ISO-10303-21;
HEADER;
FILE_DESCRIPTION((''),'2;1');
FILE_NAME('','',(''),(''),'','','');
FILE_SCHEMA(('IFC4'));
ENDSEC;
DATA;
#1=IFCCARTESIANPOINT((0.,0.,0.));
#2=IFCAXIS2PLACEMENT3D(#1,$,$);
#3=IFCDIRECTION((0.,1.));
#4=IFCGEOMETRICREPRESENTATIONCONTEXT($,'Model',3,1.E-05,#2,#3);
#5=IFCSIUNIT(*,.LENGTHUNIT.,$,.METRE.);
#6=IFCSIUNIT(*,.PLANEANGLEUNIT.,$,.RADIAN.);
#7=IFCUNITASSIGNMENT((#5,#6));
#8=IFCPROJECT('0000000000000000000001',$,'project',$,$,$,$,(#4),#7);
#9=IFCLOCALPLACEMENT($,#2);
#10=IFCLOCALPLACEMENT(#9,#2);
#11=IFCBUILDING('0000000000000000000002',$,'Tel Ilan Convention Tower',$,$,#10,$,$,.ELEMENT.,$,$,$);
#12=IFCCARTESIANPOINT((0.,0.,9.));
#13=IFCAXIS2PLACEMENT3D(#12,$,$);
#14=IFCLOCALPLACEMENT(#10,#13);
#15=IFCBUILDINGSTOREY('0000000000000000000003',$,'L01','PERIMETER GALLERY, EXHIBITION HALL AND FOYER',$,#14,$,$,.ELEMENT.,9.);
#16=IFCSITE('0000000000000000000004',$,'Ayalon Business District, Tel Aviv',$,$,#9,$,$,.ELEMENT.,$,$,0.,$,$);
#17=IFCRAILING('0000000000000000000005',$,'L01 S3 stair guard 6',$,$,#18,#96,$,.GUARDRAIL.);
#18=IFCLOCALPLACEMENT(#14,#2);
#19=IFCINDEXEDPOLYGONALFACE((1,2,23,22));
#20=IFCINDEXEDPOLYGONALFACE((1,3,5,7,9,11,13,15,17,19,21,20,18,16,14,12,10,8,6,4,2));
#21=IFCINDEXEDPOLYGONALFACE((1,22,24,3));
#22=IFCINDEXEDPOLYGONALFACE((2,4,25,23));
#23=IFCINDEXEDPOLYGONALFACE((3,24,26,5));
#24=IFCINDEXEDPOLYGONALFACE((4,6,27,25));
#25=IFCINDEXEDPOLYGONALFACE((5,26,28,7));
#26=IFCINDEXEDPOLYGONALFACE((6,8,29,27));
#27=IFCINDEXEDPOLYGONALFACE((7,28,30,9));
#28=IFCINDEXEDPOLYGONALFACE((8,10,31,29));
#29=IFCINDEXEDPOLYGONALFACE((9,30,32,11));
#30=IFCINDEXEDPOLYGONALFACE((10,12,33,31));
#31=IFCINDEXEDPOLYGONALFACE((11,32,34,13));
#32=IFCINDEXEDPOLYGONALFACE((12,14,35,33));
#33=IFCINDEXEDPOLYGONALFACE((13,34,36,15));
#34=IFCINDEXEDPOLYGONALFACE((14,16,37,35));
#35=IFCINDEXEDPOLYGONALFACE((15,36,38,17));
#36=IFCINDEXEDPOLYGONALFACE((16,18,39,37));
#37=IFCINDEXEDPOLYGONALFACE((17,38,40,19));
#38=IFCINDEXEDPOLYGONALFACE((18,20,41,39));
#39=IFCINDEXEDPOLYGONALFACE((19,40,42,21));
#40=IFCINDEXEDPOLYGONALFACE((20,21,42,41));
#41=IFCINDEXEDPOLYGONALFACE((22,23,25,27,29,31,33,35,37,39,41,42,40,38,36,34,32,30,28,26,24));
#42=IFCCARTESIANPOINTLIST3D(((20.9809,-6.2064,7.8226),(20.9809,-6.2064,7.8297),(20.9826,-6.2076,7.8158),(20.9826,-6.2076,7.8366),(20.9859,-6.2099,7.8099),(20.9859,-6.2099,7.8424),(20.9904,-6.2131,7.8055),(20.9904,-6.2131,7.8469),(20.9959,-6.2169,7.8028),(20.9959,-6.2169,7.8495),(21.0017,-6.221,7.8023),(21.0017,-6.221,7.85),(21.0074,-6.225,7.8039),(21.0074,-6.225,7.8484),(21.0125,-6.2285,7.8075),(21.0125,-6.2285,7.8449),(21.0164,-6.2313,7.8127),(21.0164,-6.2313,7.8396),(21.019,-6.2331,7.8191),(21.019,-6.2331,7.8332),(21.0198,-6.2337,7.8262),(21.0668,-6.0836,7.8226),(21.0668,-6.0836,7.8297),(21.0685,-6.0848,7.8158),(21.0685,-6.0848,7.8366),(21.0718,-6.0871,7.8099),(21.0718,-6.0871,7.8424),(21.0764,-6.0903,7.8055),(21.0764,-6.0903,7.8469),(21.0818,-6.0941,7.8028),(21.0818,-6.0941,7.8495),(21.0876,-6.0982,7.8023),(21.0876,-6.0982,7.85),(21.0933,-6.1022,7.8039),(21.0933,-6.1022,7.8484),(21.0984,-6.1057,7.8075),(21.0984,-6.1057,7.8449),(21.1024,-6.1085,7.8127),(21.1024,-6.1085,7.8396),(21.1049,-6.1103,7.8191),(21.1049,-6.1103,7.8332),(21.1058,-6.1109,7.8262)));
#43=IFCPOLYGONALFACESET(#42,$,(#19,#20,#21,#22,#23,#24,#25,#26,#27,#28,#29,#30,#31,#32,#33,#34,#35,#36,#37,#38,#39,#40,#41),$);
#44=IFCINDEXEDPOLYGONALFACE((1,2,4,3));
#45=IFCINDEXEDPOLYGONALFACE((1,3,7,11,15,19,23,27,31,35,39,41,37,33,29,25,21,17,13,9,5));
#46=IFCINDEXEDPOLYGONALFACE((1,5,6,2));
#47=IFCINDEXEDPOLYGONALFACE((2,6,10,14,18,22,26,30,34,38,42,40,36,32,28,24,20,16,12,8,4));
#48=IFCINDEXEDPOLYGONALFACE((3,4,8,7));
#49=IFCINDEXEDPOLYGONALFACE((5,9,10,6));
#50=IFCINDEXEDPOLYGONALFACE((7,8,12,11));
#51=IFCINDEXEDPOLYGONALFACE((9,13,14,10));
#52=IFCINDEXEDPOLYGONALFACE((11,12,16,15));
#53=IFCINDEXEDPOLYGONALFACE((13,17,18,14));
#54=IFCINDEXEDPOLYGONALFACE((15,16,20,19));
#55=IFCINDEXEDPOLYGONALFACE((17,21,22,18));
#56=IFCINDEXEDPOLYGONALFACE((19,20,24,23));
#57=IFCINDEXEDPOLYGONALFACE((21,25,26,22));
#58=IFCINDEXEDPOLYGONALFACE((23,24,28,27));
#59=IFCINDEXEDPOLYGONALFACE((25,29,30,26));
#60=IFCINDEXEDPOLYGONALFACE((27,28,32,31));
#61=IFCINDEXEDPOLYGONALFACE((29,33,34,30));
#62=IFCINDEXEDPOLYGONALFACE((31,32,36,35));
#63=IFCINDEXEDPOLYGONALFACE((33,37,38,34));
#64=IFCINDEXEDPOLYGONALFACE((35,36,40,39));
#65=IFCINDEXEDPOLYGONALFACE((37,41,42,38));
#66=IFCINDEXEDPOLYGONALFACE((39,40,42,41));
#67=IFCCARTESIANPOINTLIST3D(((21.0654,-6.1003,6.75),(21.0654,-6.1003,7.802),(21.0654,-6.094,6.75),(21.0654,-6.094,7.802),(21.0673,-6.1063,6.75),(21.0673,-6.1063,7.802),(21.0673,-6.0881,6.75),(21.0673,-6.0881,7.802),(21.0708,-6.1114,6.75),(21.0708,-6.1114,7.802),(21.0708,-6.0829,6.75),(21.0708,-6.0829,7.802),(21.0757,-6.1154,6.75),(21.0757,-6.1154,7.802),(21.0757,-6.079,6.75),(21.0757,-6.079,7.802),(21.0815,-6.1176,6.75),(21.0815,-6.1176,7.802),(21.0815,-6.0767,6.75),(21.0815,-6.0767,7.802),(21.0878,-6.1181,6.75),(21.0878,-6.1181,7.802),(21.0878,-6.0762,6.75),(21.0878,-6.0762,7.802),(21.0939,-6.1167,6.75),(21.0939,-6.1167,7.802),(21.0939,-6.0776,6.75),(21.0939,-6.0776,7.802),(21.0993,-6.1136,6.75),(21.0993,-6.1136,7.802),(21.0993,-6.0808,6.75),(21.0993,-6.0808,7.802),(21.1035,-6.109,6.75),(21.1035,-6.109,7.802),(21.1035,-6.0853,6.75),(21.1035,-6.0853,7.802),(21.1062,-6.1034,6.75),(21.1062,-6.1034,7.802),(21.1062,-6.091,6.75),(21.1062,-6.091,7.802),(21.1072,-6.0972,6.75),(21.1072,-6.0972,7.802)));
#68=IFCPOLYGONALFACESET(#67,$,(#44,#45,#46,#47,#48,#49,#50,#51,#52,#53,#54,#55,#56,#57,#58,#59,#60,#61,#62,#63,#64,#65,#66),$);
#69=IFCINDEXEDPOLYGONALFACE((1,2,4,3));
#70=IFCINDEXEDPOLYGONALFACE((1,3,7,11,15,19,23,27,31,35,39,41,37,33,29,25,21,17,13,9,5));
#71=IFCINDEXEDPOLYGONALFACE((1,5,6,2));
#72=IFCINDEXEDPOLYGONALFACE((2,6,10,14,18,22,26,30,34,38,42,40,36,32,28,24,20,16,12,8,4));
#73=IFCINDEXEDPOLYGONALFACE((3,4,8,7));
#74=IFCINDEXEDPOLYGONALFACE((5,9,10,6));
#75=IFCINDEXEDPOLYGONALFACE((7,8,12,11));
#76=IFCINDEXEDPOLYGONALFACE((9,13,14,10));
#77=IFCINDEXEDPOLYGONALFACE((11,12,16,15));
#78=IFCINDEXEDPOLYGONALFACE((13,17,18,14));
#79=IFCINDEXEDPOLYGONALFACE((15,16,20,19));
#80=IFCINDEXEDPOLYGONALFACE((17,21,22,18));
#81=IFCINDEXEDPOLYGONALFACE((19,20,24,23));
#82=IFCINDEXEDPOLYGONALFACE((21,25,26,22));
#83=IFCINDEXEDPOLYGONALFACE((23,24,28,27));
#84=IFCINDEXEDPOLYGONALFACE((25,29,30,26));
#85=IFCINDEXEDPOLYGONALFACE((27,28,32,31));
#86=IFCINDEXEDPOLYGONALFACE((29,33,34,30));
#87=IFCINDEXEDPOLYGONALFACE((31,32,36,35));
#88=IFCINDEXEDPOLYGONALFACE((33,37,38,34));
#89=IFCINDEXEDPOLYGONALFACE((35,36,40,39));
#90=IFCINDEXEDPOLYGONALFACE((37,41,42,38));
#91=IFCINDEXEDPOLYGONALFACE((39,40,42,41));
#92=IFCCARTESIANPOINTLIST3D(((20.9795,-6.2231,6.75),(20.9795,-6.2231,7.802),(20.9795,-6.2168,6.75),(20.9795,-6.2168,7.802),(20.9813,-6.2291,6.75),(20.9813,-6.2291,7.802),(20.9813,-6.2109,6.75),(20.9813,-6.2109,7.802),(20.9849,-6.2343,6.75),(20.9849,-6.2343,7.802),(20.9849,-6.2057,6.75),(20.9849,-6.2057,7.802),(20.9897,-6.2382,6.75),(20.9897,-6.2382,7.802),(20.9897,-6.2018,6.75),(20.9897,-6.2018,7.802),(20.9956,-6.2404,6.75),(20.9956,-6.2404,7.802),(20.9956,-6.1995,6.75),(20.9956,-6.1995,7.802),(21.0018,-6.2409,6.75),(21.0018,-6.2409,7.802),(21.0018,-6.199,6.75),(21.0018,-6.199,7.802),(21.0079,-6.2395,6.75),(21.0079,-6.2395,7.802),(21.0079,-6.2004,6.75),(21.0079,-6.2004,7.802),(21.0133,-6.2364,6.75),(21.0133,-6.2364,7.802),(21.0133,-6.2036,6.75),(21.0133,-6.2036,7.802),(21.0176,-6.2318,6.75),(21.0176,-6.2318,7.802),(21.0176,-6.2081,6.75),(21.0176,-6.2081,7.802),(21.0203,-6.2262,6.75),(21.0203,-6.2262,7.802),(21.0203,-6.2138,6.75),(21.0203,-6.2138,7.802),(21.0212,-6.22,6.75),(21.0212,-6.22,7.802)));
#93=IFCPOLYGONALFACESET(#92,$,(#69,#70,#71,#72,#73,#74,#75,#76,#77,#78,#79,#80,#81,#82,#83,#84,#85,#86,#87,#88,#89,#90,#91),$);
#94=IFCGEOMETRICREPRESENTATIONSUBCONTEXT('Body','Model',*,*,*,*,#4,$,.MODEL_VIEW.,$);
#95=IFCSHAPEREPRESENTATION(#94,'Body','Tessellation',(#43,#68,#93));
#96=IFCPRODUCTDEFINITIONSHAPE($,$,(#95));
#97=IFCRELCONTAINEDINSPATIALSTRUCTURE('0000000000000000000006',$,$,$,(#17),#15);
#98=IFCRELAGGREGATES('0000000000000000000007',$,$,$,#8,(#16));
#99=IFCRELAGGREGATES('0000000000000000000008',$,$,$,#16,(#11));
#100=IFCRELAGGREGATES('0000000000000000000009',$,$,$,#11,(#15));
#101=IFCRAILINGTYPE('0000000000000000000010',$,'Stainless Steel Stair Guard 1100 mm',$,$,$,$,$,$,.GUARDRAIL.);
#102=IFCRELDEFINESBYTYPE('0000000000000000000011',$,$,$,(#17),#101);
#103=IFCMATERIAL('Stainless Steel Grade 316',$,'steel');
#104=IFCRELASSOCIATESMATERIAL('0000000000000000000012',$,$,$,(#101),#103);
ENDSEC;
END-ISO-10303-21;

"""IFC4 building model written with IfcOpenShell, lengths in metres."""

from ifc_helpers import new_model, si_unit, direction, frame, origin, origin_2d, place, context, subcontext, project, spatial, circle, extrude, material, type_object, element, save


model = new_model("IFC4")

# Units and contexts
model_context = context("Model", 3, precision=1e-05, world=origin(), true_north=direction((0.0, 1.0)))
body_context = subcontext(model_context, "Body", "Model", "MODEL_VIEW")
ifc_project = project(units=[si_unit("LENGTHUNIT", "METRE"), si_unit("PLANEANGLEUNIT", "RADIAN")], contexts=[model_context])

# Site, building, storey
site_placement = place(None, origin())
site = spatial("IfcSite", under=ifc_project, at=site_placement, Name="Ayalon Business District, Tel Aviv", CompositionType="ELEMENT", RefElevation=0.0)
building_placement = place(site_placement, origin())
building = spatial("IfcBuilding", under=site, at=building_placement, Name="Tel Ilan Convention Tower", CompositionType="ELEMENT")
storey_placement = place(building_placement, frame((0.0, 0.0, 9.0)))
storey = spatial("IfcBuildingStorey", under=building, at=storey_placement, Name="L01", Description="PERIMETER GALLERY, EXHIBITION HALL AND FOYER", CompositionType="ELEMENT", Elevation=9.0)

# Railing
ifc_material_1 = material(Name="Stainless Steel Grade 316", Category="steel")
railing_type_1 = type_object("IfcRailingType", Name="Stainless Steel Stair Guard 1100 mm", PredefinedType="GUARDRAIL", material=ifc_material_1)
railing_1_placement = place(storey_placement, frame((21.0862, -6.0972, 6.75)))
element("IfcRailing", 1, at=railing_1_placement, inside=storey, type_object=railing_type_1, Name="L01 S3 stair guard 6", PredefinedType="GUARDRAIL", context=body_context, shape_type="SweptSolid", body=[
    extrude(circle(Radius=0.0239, at=origin_2d()), frame((0.0, 0.0, 1.0762), z_axis=(-0.573353, -0.819308, 0.0), x_axis=(0.819308, -0.573353, 0.0)), (0.0, 0.0, 1.0), 0.1499),
    extrude(circle(Radius=0.021, at=origin_2d()), origin(), (0.0, 0.0, 1.0), 1.052),
    extrude(circle(Radius=0.021, at=origin_2d()), frame((-0.0859, -0.1228, 0.0)), (0.0, 0.0, 1.0), 1.052),
])

save(model, "model.ifc")
